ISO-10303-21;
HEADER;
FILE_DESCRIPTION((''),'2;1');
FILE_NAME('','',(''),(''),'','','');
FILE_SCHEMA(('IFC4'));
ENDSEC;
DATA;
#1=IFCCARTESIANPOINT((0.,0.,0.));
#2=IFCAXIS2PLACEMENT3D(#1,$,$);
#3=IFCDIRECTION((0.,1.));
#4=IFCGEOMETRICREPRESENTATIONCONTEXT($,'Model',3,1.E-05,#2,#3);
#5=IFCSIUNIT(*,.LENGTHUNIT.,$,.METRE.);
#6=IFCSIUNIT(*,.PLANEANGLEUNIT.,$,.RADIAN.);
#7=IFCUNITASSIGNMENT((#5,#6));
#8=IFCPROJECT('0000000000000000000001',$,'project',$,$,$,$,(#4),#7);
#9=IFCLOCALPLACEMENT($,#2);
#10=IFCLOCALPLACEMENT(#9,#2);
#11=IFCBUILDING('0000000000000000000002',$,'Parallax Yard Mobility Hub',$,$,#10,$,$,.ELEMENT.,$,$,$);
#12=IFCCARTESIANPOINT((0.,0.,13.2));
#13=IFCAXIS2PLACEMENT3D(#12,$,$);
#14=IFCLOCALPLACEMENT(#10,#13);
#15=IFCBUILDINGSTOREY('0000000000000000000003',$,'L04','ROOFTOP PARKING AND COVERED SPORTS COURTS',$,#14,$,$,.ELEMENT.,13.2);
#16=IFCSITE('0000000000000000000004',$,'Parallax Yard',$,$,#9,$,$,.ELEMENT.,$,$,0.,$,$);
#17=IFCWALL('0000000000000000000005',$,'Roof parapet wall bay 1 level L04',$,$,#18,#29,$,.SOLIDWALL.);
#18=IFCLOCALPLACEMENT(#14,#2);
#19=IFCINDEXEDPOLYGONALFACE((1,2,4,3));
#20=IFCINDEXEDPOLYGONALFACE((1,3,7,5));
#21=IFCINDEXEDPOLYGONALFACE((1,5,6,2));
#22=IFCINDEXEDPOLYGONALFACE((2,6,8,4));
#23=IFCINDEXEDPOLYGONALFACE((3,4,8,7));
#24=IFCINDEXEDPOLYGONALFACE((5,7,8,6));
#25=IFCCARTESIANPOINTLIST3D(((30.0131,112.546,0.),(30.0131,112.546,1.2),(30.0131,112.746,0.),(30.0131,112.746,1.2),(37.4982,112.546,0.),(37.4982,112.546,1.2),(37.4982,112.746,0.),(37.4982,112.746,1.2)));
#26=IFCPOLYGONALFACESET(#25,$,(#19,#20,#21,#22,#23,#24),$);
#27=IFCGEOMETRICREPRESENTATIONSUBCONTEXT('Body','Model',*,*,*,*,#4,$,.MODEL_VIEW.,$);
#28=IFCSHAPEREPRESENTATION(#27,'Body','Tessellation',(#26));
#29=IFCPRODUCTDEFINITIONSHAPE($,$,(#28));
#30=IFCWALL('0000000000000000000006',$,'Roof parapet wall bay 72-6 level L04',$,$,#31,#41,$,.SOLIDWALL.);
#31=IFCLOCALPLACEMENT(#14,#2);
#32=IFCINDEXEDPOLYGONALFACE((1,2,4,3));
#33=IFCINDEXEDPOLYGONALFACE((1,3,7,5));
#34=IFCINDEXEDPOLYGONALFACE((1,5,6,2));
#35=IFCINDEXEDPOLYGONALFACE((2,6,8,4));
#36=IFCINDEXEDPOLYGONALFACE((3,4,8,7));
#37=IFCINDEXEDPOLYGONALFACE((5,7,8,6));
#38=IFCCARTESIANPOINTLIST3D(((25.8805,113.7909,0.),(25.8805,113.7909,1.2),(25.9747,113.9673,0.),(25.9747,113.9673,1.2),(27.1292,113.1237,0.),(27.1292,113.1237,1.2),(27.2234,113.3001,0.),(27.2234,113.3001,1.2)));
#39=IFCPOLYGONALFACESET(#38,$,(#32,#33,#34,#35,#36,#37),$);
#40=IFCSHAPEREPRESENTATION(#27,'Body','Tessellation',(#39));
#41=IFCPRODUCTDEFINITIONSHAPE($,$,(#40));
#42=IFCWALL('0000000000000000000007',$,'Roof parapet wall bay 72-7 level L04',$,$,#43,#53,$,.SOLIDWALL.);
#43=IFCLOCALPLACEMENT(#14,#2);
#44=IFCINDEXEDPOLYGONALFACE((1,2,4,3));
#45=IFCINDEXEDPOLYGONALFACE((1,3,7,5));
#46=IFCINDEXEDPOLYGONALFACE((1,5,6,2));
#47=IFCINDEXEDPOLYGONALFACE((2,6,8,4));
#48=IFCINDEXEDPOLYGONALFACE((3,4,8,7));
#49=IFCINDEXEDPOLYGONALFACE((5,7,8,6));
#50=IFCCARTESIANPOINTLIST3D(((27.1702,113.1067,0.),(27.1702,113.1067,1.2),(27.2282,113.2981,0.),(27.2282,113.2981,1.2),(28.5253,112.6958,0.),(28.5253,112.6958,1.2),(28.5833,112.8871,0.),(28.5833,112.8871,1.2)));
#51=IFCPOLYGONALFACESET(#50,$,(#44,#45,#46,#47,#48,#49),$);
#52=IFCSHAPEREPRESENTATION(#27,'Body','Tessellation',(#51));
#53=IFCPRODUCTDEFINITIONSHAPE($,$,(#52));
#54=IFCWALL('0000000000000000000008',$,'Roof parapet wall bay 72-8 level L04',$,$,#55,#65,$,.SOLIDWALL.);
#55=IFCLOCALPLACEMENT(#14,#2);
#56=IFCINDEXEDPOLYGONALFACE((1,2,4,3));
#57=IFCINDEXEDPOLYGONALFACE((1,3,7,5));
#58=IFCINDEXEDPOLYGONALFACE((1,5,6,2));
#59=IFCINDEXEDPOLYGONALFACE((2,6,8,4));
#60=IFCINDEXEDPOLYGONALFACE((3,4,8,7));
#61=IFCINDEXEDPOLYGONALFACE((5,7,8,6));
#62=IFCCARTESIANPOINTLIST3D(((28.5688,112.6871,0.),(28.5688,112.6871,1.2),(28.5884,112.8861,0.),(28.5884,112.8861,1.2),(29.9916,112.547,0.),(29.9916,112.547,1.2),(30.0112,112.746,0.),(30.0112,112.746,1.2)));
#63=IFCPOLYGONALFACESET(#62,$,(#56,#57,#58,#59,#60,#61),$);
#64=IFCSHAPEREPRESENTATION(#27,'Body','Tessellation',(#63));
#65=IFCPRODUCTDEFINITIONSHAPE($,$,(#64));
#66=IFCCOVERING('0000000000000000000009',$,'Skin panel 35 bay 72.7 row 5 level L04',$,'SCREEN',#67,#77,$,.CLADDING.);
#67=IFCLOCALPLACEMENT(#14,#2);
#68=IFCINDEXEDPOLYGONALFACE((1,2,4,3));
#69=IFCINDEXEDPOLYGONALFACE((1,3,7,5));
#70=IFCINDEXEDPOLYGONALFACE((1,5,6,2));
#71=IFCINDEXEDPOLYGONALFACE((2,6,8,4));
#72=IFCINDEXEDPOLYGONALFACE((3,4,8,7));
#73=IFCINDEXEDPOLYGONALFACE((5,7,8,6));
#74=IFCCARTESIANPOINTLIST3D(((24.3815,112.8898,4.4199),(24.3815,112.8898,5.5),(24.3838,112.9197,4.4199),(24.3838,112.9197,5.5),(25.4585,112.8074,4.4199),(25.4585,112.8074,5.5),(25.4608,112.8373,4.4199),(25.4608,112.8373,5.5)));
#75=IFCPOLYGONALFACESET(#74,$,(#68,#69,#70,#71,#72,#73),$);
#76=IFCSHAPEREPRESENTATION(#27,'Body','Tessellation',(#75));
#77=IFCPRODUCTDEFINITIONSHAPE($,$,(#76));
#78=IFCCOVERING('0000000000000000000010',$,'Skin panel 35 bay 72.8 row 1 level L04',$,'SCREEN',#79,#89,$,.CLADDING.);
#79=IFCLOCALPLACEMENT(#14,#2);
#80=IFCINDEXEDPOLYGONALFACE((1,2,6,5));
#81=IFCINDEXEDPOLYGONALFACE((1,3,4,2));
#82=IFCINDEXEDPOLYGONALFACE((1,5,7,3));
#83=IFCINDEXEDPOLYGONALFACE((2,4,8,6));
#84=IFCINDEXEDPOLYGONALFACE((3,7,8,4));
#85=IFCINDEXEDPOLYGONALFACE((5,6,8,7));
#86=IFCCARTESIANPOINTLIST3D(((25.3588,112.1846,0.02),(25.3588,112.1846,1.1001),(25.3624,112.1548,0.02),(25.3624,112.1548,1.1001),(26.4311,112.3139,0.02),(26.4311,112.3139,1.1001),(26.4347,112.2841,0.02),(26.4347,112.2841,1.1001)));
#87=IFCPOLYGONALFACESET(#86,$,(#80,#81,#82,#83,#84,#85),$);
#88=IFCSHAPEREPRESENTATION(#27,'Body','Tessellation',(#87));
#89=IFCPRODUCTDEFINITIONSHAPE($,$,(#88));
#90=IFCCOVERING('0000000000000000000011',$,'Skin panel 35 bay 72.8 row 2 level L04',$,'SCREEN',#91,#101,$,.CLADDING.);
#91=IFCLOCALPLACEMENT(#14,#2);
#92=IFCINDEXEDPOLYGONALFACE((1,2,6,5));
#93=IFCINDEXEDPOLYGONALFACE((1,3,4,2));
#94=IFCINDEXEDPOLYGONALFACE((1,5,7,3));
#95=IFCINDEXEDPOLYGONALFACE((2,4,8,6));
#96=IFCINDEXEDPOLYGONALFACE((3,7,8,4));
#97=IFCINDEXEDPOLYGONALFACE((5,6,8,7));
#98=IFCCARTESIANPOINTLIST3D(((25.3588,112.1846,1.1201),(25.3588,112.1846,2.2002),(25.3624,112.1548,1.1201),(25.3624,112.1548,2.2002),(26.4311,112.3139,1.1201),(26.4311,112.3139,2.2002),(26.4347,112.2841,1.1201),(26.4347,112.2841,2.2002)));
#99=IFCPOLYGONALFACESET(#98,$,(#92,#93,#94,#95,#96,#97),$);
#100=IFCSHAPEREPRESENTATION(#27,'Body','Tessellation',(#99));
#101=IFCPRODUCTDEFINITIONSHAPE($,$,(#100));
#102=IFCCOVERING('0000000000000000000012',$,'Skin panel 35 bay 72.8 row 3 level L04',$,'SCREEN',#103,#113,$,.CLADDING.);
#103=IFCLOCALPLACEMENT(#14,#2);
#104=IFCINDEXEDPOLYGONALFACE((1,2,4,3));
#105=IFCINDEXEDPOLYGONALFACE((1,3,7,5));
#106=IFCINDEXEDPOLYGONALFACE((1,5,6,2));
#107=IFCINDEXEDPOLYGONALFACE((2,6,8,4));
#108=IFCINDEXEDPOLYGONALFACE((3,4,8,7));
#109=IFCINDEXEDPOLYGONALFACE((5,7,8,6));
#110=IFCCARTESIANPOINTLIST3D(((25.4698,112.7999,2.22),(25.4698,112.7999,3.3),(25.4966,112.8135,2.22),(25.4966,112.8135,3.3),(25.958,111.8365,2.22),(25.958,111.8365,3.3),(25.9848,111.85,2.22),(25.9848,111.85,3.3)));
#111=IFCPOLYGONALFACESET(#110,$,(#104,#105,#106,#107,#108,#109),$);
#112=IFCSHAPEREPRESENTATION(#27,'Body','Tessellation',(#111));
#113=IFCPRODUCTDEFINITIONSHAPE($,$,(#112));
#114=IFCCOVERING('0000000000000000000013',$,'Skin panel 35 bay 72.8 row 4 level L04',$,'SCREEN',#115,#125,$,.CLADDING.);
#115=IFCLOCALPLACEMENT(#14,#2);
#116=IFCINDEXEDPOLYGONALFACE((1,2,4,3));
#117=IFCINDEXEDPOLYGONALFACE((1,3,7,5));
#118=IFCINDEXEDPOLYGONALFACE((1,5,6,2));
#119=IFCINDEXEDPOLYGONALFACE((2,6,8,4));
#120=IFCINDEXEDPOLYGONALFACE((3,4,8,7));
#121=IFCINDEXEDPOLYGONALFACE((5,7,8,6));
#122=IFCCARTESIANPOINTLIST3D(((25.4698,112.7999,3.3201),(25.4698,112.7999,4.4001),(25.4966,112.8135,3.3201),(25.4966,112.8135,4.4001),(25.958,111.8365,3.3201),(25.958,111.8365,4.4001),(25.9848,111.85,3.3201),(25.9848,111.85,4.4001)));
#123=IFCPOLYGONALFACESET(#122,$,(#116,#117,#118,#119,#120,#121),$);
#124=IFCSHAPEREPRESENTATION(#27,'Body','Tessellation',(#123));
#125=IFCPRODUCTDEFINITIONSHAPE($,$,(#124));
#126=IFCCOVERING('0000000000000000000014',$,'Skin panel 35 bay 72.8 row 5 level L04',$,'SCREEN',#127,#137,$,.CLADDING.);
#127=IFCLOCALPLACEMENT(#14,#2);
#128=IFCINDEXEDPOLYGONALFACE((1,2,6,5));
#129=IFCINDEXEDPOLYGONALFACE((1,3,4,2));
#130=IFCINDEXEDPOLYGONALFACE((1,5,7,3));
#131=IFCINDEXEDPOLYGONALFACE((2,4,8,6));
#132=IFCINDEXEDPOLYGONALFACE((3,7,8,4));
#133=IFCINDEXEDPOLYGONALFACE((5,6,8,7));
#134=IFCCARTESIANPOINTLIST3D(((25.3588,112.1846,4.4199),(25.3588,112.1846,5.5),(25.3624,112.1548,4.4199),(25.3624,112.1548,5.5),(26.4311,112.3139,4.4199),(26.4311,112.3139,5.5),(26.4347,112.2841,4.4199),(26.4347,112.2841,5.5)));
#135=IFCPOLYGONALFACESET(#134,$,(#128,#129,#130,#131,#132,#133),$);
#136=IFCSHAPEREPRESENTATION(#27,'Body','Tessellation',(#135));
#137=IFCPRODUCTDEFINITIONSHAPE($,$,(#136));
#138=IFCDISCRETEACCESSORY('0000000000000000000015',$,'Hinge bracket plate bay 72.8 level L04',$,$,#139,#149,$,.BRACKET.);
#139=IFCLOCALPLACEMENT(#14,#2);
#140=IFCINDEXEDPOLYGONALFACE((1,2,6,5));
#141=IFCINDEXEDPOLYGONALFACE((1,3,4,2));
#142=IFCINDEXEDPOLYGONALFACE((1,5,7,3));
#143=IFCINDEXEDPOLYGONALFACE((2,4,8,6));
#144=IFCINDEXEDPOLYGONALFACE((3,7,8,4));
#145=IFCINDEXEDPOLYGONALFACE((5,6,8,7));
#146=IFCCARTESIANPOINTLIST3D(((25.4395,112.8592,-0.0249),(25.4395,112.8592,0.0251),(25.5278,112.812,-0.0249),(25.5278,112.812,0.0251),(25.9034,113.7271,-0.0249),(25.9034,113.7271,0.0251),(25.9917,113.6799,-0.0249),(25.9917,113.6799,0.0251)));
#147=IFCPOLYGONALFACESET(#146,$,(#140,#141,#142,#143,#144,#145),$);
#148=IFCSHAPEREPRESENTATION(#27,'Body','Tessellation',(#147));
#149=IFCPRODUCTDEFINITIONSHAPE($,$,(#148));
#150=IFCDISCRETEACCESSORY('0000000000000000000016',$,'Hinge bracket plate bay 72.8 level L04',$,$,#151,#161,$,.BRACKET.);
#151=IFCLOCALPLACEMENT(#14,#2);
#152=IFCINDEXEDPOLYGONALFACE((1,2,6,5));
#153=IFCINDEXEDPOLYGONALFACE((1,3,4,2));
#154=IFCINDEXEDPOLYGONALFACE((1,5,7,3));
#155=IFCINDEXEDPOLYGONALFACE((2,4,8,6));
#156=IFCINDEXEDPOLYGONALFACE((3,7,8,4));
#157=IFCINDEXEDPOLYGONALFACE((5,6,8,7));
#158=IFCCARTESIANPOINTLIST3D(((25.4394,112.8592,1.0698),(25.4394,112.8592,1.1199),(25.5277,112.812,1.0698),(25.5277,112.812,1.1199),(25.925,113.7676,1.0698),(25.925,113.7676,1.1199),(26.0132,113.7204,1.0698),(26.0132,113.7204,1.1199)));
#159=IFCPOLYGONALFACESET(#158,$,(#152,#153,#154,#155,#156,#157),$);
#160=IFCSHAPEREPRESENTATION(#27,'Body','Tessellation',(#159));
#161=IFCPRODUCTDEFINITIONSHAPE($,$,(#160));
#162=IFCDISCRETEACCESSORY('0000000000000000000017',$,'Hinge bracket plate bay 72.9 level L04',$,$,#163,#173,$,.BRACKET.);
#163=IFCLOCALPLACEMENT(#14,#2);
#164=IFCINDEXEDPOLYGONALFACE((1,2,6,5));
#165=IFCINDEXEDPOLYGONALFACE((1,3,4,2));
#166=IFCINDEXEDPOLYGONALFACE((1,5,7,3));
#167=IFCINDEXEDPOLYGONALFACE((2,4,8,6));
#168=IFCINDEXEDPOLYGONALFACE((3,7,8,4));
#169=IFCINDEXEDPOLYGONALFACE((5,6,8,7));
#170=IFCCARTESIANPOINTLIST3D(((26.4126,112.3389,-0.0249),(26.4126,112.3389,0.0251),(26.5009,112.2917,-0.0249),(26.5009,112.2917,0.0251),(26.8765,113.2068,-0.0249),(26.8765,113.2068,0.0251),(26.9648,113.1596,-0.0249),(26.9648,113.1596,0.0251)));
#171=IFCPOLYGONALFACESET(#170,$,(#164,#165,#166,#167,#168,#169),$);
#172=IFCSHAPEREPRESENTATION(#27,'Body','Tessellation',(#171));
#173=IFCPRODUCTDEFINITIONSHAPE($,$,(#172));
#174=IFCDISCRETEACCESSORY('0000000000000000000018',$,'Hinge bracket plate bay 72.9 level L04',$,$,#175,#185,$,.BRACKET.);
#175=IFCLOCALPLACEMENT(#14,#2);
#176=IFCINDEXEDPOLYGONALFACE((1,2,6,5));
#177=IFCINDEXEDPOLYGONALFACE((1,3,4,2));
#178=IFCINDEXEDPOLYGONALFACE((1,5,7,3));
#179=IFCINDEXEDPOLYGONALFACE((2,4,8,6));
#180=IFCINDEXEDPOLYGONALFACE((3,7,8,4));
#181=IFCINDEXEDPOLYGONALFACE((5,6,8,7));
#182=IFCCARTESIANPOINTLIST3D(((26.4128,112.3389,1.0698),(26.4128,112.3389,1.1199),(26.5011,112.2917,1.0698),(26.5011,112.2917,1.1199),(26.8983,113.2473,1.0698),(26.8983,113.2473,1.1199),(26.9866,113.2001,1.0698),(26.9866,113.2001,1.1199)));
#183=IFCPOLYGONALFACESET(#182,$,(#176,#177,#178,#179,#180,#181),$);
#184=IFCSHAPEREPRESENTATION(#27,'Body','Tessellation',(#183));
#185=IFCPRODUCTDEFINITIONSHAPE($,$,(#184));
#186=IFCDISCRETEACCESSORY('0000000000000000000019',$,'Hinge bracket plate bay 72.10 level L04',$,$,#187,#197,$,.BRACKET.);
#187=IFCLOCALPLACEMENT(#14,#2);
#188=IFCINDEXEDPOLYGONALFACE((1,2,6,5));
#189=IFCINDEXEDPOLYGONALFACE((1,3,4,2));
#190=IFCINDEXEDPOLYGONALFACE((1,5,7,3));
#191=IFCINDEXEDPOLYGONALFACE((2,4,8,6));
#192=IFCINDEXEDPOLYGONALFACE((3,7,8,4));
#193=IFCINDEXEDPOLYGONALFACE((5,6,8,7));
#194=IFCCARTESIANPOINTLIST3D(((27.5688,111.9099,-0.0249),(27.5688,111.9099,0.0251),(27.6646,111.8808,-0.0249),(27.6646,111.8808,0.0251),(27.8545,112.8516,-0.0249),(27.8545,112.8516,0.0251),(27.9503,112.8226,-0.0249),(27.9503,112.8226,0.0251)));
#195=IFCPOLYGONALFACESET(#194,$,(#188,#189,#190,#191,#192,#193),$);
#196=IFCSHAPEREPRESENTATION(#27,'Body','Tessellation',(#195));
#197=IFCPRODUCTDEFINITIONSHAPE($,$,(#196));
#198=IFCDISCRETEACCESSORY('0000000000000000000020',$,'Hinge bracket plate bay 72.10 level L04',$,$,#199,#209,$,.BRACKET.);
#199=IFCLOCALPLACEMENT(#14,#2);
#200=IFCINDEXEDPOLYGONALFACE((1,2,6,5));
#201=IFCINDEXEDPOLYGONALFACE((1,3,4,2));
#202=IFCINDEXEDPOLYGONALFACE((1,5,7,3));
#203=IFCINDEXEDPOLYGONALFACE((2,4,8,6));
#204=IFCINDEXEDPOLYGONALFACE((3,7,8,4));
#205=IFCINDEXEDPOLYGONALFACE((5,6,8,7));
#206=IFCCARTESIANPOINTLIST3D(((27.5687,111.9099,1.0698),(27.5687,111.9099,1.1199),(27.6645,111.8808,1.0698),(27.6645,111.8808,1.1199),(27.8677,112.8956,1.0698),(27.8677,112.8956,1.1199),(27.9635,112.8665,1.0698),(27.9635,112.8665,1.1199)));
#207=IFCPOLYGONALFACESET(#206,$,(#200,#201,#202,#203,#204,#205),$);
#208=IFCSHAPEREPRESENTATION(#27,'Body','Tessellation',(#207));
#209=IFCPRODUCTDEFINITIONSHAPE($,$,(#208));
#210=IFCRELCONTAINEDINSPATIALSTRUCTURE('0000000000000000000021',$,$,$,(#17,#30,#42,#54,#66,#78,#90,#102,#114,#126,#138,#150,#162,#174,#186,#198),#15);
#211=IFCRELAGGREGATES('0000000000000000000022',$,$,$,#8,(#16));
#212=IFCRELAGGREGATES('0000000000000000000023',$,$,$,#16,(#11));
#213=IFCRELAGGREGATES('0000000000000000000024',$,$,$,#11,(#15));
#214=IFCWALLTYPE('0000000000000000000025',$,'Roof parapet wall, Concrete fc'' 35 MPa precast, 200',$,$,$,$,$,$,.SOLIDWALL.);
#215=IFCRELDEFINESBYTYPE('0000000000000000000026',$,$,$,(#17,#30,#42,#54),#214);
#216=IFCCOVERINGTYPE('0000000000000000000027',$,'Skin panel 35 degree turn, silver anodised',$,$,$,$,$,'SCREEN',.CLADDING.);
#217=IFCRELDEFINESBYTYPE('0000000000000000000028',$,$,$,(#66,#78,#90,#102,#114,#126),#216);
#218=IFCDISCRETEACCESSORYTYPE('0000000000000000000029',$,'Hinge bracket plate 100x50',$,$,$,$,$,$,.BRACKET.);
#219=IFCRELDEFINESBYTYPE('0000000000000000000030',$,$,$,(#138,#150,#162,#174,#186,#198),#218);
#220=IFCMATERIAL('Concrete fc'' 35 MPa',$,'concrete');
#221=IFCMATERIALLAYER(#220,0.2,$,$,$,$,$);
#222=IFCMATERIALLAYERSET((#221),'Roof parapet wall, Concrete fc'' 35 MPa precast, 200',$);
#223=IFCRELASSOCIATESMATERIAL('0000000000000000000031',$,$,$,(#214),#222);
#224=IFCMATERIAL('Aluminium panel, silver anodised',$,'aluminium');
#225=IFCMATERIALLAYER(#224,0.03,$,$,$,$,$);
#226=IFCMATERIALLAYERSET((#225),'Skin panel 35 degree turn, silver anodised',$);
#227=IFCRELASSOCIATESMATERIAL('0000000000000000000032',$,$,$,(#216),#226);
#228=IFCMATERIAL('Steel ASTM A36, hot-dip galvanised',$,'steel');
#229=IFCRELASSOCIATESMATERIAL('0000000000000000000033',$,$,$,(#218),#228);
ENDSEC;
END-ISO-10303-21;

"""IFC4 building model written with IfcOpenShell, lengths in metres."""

from ifc_helpers import new_model, si_unit, direction, frame, frame_2d, origin, origin_2d, place, context, subcontext, project, spatial, rectangle, extrude, material, layer, layer_set, type_object, element, save


model = new_model("IFC4")

# Units and contexts
model_context = context("Model", 3, precision=1e-05, world=origin(), true_north=direction((0.0, 1.0)))
body_context = subcontext(model_context, "Body", "Model", "MODEL_VIEW")
ifc_project = project(units=[si_unit("LENGTHUNIT", "METRE"), si_unit("PLANEANGLEUNIT", "RADIAN")], contexts=[model_context])

# Site, building, storey
site_placement = place(None, origin())
site = spatial("IfcSite", under=ifc_project, at=site_placement, Name="Parallax Yard", CompositionType="ELEMENT", RefElevation=0.0)
building_placement = place(site_placement, origin())
building = spatial("IfcBuilding", under=site, at=building_placement, Name="Parallax Yard Mobility Hub", CompositionType="ELEMENT")
storey_placement = place(building_placement, frame((0.0, 0.0, 13.2)))
storey = spatial("IfcBuildingStorey", under=building, at=storey_placement, Name="L04", Description="ROOFTOP PARKING AND COVERED SPORTS COURTS", CompositionType="ELEMENT", Elevation=13.2)

# Walls
ifc_material_1 = material(Name="Concrete fc' 35 MPa", Category="concrete")
ifc_layer_1 = layer(ifc_material_1, 0.2)
ifc_layer_set_1 = layer_set([ifc_layer_1], Name="Roof parapet wall, Concrete fc' 35 MPa precast, 200")
wall_type = type_object("IfcWallType", Name="Roof parapet wall, Concrete fc' 35 MPa precast, 200", PredefinedType="SOLIDWALL", material=ifc_layer_set_1)
wall_1_placement = place(storey_placement, frame((30.0129, 112.646, 0.0), z_axis=(0.0, 0.0, 1.0), x_axis=(1.0, 0.0, 0.0)))
element("IfcWall", 1, at=wall_1_placement, inside=storey, type_object=wall_type, Name="Roof parapet wall bay 1 level L04", PredefinedType="SOLIDWALL", context=body_context, shape_type="SweptSolid", body=[
    extrude(rectangle(XDim=7.4851, YDim=0.2, at=frame_2d((3.7427, 0.0))), origin(), (0.0, 0.0, 1.0), 1.2),
])
wall_2_placement = place(storey_placement, frame((25.9275, 113.8792, 0.0), z_axis=(0.0, 0.0, 1.0), x_axis=(0.881995, -0.471259, 0.0)))
element("IfcWall", 2, at=wall_2_placement, inside=storey, type_object=wall_type, Name="Roof parapet wall bay 72-6 level L04", PredefinedType="SOLIDWALL", context=body_context, shape_type="SweptSolid", body=[
    extrude(rectangle(XDim=1.4158, YDim=0.2, at=frame_2d((0.708, 0.0))), origin(), (0.0, 0.0, 1.0), 1.2),
])
wall_3_placement = place(storey_placement, frame((27.1992, 113.2024, 0.0), z_axis=(0.0, 0.0, 1.0), x_axis=(0.956968, -0.290194, 0.0)))
element("IfcWall", 3, at=wall_3_placement, inside=storey, type_object=wall_type, Name="Roof parapet wall bay 72-7 level L04", PredefinedType="SOLIDWALL", context=body_context, shape_type="SweptSolid", body=[
    extrude(rectangle(XDim=1.416, YDim=0.2, at=frame_2d((0.708, 0.0))), origin(), (0.0, 0.0, 1.0), 1.2),
])
wall_4_placement = place(storey_placement, frame((28.5786, 112.7866, 0.0), z_axis=(0.0, 0.0, 1.0), x_axis=(0.995185, -0.098016, 0.0)))
element("IfcWall", 4, at=wall_4_placement, inside=storey, type_object=wall_type, Name="Roof parapet wall bay 72-8 level L04", PredefinedType="SOLIDWALL", context=body_context, shape_type="SweptSolid", body=[
    extrude(rectangle(XDim=1.4297, YDim=0.2, at=frame_2d((0.7148, 0.0))), origin(), (0.0, 0.0, 1.0), 1.2),
])

# Coverings
ifc_material_2 = material(Name="Aluminium panel, silver anodised", Category="aluminium")
ifc_layer_2 = layer(ifc_material_2, 0.03)
ifc_layer_set_2 = layer_set([ifc_layer_2], Name="Skin panel 35 degree turn, silver anodised")
covering_type = type_object("IfcCoveringType", Name="Skin panel 35 degree turn, silver anodised", ElementType="SCREEN", PredefinedType="CLADDING", material=ifc_layer_set_2)
for number, where, z_axis, x_axis, name in (
    (5, (24.9211, 112.8635, 4.4199), (0.0, 0.0, 1.0), (-0.997086, 0.076284, 0.0), "Skin panel 35 bay 72.7 row 5 level L04"),
    (6, (25.8967, 112.2344, 0.02), (0.0, 0.0, 1.0), (-0.99281, -0.119704, 0.0), "Skin panel 35 bay 72.8 row 1 level L04"),
    (7, (25.8967, 112.2344, 1.1201), (0.0, 0.0, 1.0), (-0.99281, -0.119704, 0.0), "Skin panel 35 bay 72.8 row 2 level L04"),
    (8, (25.7273, 112.325, 2.22), (0.0, 0.0, 1.0), (0.452046, -0.891995, 0.0), "Skin panel 35 bay 72.8 row 3 level L04"),
    (9, (25.7273, 112.325, 3.3201), (0.0, 0.0, 1.0), (0.452046, -0.891995, 0.0), "Skin panel 35 bay 72.8 row 4 level L04"),
    (10, (25.8967, 112.2344, 4.4199), (0.0, 0.0, 1.0), (-0.99281, -0.119704, 0.0), "Skin panel 35 bay 72.8 row 5 level L04"),
):
    element("IfcCovering", number, at=place(storey_placement, frame(where, z_axis=z_axis, x_axis=x_axis)), inside=storey, type_object=covering_type, Name=name, ObjectType="SCREEN", PredefinedType="CLADDING", context=body_context, shape_type="SweptSolid", body=[
        extrude(rectangle(XDim=1.0801, YDim=0.03, at=origin_2d()), origin(), (0.0, 0.0, 1.0), 1.0801),
    ])

# Discrete accessories
ifc_material_3 = material(Name="Steel ASTM A36, hot-dip galvanised", Category="steel")
discrete_accessory_type_1 = type_object("IfcDiscreteAccessoryType", Name="Hinge bracket plate 100x50", PredefinedType="BRACKET", material=ifc_material_3)
discrete_accessory_1_placement = place(storey_placement, frame((25.7156, 113.2695, -0.0249), z_axis=(0.0, 0.0, 1.0), x_axis=(-0.471397, -0.881921, 0.0)))
element("IfcDiscreteAccessory", 11, at=discrete_accessory_1_placement, inside=storey, type_object=discrete_accessory_type_1, Name="Hinge bracket plate bay 72.8 level L04", PredefinedType="BRACKET", context=body_context, shape_type="SweptSolid", body=[
    extrude(rectangle(XDim=0.9841, YDim=0.1001, at=origin_2d()), origin(), (0.0, 0.0, 1.0), 0.05),
])
discrete_accessory_2_placement = place(storey_placement, frame((25.7263, 113.2898, 1.0698), z_axis=(0.0, 0.0, 1.0), x_axis=(-0.471397, -0.881921, 0.0)))
element("IfcDiscreteAccessory", 12, at=discrete_accessory_2_placement, inside=storey, type_object=discrete_accessory_type_1, Name="Hinge bracket plate bay 72.8 level L04", PredefinedType="BRACKET", context=body_context, shape_type="SweptSolid", body=[
    extrude(rectangle(XDim=1.03, YDim=0.1001, at=origin_2d()), origin(), (0.0, 0.0, 1.0), 0.05),
])
discrete_accessory_3_placement = place(storey_placement, frame((26.6887, 112.7493, -0.0249), z_axis=(0.0, 0.0, 1.0), x_axis=(-0.471397, -0.881921, 0.0)))
element("IfcDiscreteAccessory", 13, at=discrete_accessory_3_placement, inside=storey, type_object=discrete_accessory_type_1, Name="Hinge bracket plate bay 72.9 level L04", PredefinedType="BRACKET", context=body_context, shape_type="SweptSolid", body=[
    extrude(rectangle(XDim=0.9841, YDim=0.1001, at=origin_2d()), origin(), (0.0, 0.0, 1.0), 0.05),
])
discrete_accessory_4_placement = place(storey_placement, frame((26.6997, 112.7695, 1.0698), z_axis=(0.0, 0.0, 1.0), x_axis=(-0.471397, -0.881921, 0.0)))
element("IfcDiscreteAccessory", 14, at=discrete_accessory_4_placement, inside=storey, type_object=discrete_accessory_type_1, Name="Hinge bracket plate bay 72.9 level L04", PredefinedType="BRACKET", context=body_context, shape_type="SweptSolid", body=[
    extrude(rectangle(XDim=1.03, YDim=0.1001, at=origin_2d()), origin(), (0.0, 0.0, 1.0), 0.05),
])
discrete_accessory_5_placement = place(storey_placement, frame((27.7595, 112.3662, -0.0249), z_axis=(0.0, 0.0, 1.0), x_axis=(-0.290285, -0.95694, 0.0)))
element("IfcDiscreteAccessory", 15, at=discrete_accessory_5_placement, inside=storey, type_object=discrete_accessory_type_1, Name="Hinge bracket plate bay 72.10 level L04", PredefinedType="BRACKET", context=body_context, shape_type="SweptSolid", body=[
    extrude(rectangle(XDim=0.9841, YDim=0.1001, at=origin_2d()), origin(), (0.0, 0.0, 1.0), 0.05),
])
discrete_accessory_6_placement = place(storey_placement, frame((27.7661, 112.3882, 1.0698), z_axis=(0.0, 0.0, 1.0), x_axis=(-0.290285, -0.95694, 0.0)))
element("IfcDiscreteAccessory", 16, at=discrete_accessory_6_placement, inside=storey, type_object=discrete_accessory_type_1, Name="Hinge bracket plate bay 72.10 level L04", PredefinedType="BRACKET", context=body_context, shape_type="SweptSolid", body=[
    extrude(rectangle(XDim=1.03, YDim=0.1001, at=origin_2d()), origin(), (0.0, 0.0, 1.0), 0.05),
])

save(model, "model.ifc")
